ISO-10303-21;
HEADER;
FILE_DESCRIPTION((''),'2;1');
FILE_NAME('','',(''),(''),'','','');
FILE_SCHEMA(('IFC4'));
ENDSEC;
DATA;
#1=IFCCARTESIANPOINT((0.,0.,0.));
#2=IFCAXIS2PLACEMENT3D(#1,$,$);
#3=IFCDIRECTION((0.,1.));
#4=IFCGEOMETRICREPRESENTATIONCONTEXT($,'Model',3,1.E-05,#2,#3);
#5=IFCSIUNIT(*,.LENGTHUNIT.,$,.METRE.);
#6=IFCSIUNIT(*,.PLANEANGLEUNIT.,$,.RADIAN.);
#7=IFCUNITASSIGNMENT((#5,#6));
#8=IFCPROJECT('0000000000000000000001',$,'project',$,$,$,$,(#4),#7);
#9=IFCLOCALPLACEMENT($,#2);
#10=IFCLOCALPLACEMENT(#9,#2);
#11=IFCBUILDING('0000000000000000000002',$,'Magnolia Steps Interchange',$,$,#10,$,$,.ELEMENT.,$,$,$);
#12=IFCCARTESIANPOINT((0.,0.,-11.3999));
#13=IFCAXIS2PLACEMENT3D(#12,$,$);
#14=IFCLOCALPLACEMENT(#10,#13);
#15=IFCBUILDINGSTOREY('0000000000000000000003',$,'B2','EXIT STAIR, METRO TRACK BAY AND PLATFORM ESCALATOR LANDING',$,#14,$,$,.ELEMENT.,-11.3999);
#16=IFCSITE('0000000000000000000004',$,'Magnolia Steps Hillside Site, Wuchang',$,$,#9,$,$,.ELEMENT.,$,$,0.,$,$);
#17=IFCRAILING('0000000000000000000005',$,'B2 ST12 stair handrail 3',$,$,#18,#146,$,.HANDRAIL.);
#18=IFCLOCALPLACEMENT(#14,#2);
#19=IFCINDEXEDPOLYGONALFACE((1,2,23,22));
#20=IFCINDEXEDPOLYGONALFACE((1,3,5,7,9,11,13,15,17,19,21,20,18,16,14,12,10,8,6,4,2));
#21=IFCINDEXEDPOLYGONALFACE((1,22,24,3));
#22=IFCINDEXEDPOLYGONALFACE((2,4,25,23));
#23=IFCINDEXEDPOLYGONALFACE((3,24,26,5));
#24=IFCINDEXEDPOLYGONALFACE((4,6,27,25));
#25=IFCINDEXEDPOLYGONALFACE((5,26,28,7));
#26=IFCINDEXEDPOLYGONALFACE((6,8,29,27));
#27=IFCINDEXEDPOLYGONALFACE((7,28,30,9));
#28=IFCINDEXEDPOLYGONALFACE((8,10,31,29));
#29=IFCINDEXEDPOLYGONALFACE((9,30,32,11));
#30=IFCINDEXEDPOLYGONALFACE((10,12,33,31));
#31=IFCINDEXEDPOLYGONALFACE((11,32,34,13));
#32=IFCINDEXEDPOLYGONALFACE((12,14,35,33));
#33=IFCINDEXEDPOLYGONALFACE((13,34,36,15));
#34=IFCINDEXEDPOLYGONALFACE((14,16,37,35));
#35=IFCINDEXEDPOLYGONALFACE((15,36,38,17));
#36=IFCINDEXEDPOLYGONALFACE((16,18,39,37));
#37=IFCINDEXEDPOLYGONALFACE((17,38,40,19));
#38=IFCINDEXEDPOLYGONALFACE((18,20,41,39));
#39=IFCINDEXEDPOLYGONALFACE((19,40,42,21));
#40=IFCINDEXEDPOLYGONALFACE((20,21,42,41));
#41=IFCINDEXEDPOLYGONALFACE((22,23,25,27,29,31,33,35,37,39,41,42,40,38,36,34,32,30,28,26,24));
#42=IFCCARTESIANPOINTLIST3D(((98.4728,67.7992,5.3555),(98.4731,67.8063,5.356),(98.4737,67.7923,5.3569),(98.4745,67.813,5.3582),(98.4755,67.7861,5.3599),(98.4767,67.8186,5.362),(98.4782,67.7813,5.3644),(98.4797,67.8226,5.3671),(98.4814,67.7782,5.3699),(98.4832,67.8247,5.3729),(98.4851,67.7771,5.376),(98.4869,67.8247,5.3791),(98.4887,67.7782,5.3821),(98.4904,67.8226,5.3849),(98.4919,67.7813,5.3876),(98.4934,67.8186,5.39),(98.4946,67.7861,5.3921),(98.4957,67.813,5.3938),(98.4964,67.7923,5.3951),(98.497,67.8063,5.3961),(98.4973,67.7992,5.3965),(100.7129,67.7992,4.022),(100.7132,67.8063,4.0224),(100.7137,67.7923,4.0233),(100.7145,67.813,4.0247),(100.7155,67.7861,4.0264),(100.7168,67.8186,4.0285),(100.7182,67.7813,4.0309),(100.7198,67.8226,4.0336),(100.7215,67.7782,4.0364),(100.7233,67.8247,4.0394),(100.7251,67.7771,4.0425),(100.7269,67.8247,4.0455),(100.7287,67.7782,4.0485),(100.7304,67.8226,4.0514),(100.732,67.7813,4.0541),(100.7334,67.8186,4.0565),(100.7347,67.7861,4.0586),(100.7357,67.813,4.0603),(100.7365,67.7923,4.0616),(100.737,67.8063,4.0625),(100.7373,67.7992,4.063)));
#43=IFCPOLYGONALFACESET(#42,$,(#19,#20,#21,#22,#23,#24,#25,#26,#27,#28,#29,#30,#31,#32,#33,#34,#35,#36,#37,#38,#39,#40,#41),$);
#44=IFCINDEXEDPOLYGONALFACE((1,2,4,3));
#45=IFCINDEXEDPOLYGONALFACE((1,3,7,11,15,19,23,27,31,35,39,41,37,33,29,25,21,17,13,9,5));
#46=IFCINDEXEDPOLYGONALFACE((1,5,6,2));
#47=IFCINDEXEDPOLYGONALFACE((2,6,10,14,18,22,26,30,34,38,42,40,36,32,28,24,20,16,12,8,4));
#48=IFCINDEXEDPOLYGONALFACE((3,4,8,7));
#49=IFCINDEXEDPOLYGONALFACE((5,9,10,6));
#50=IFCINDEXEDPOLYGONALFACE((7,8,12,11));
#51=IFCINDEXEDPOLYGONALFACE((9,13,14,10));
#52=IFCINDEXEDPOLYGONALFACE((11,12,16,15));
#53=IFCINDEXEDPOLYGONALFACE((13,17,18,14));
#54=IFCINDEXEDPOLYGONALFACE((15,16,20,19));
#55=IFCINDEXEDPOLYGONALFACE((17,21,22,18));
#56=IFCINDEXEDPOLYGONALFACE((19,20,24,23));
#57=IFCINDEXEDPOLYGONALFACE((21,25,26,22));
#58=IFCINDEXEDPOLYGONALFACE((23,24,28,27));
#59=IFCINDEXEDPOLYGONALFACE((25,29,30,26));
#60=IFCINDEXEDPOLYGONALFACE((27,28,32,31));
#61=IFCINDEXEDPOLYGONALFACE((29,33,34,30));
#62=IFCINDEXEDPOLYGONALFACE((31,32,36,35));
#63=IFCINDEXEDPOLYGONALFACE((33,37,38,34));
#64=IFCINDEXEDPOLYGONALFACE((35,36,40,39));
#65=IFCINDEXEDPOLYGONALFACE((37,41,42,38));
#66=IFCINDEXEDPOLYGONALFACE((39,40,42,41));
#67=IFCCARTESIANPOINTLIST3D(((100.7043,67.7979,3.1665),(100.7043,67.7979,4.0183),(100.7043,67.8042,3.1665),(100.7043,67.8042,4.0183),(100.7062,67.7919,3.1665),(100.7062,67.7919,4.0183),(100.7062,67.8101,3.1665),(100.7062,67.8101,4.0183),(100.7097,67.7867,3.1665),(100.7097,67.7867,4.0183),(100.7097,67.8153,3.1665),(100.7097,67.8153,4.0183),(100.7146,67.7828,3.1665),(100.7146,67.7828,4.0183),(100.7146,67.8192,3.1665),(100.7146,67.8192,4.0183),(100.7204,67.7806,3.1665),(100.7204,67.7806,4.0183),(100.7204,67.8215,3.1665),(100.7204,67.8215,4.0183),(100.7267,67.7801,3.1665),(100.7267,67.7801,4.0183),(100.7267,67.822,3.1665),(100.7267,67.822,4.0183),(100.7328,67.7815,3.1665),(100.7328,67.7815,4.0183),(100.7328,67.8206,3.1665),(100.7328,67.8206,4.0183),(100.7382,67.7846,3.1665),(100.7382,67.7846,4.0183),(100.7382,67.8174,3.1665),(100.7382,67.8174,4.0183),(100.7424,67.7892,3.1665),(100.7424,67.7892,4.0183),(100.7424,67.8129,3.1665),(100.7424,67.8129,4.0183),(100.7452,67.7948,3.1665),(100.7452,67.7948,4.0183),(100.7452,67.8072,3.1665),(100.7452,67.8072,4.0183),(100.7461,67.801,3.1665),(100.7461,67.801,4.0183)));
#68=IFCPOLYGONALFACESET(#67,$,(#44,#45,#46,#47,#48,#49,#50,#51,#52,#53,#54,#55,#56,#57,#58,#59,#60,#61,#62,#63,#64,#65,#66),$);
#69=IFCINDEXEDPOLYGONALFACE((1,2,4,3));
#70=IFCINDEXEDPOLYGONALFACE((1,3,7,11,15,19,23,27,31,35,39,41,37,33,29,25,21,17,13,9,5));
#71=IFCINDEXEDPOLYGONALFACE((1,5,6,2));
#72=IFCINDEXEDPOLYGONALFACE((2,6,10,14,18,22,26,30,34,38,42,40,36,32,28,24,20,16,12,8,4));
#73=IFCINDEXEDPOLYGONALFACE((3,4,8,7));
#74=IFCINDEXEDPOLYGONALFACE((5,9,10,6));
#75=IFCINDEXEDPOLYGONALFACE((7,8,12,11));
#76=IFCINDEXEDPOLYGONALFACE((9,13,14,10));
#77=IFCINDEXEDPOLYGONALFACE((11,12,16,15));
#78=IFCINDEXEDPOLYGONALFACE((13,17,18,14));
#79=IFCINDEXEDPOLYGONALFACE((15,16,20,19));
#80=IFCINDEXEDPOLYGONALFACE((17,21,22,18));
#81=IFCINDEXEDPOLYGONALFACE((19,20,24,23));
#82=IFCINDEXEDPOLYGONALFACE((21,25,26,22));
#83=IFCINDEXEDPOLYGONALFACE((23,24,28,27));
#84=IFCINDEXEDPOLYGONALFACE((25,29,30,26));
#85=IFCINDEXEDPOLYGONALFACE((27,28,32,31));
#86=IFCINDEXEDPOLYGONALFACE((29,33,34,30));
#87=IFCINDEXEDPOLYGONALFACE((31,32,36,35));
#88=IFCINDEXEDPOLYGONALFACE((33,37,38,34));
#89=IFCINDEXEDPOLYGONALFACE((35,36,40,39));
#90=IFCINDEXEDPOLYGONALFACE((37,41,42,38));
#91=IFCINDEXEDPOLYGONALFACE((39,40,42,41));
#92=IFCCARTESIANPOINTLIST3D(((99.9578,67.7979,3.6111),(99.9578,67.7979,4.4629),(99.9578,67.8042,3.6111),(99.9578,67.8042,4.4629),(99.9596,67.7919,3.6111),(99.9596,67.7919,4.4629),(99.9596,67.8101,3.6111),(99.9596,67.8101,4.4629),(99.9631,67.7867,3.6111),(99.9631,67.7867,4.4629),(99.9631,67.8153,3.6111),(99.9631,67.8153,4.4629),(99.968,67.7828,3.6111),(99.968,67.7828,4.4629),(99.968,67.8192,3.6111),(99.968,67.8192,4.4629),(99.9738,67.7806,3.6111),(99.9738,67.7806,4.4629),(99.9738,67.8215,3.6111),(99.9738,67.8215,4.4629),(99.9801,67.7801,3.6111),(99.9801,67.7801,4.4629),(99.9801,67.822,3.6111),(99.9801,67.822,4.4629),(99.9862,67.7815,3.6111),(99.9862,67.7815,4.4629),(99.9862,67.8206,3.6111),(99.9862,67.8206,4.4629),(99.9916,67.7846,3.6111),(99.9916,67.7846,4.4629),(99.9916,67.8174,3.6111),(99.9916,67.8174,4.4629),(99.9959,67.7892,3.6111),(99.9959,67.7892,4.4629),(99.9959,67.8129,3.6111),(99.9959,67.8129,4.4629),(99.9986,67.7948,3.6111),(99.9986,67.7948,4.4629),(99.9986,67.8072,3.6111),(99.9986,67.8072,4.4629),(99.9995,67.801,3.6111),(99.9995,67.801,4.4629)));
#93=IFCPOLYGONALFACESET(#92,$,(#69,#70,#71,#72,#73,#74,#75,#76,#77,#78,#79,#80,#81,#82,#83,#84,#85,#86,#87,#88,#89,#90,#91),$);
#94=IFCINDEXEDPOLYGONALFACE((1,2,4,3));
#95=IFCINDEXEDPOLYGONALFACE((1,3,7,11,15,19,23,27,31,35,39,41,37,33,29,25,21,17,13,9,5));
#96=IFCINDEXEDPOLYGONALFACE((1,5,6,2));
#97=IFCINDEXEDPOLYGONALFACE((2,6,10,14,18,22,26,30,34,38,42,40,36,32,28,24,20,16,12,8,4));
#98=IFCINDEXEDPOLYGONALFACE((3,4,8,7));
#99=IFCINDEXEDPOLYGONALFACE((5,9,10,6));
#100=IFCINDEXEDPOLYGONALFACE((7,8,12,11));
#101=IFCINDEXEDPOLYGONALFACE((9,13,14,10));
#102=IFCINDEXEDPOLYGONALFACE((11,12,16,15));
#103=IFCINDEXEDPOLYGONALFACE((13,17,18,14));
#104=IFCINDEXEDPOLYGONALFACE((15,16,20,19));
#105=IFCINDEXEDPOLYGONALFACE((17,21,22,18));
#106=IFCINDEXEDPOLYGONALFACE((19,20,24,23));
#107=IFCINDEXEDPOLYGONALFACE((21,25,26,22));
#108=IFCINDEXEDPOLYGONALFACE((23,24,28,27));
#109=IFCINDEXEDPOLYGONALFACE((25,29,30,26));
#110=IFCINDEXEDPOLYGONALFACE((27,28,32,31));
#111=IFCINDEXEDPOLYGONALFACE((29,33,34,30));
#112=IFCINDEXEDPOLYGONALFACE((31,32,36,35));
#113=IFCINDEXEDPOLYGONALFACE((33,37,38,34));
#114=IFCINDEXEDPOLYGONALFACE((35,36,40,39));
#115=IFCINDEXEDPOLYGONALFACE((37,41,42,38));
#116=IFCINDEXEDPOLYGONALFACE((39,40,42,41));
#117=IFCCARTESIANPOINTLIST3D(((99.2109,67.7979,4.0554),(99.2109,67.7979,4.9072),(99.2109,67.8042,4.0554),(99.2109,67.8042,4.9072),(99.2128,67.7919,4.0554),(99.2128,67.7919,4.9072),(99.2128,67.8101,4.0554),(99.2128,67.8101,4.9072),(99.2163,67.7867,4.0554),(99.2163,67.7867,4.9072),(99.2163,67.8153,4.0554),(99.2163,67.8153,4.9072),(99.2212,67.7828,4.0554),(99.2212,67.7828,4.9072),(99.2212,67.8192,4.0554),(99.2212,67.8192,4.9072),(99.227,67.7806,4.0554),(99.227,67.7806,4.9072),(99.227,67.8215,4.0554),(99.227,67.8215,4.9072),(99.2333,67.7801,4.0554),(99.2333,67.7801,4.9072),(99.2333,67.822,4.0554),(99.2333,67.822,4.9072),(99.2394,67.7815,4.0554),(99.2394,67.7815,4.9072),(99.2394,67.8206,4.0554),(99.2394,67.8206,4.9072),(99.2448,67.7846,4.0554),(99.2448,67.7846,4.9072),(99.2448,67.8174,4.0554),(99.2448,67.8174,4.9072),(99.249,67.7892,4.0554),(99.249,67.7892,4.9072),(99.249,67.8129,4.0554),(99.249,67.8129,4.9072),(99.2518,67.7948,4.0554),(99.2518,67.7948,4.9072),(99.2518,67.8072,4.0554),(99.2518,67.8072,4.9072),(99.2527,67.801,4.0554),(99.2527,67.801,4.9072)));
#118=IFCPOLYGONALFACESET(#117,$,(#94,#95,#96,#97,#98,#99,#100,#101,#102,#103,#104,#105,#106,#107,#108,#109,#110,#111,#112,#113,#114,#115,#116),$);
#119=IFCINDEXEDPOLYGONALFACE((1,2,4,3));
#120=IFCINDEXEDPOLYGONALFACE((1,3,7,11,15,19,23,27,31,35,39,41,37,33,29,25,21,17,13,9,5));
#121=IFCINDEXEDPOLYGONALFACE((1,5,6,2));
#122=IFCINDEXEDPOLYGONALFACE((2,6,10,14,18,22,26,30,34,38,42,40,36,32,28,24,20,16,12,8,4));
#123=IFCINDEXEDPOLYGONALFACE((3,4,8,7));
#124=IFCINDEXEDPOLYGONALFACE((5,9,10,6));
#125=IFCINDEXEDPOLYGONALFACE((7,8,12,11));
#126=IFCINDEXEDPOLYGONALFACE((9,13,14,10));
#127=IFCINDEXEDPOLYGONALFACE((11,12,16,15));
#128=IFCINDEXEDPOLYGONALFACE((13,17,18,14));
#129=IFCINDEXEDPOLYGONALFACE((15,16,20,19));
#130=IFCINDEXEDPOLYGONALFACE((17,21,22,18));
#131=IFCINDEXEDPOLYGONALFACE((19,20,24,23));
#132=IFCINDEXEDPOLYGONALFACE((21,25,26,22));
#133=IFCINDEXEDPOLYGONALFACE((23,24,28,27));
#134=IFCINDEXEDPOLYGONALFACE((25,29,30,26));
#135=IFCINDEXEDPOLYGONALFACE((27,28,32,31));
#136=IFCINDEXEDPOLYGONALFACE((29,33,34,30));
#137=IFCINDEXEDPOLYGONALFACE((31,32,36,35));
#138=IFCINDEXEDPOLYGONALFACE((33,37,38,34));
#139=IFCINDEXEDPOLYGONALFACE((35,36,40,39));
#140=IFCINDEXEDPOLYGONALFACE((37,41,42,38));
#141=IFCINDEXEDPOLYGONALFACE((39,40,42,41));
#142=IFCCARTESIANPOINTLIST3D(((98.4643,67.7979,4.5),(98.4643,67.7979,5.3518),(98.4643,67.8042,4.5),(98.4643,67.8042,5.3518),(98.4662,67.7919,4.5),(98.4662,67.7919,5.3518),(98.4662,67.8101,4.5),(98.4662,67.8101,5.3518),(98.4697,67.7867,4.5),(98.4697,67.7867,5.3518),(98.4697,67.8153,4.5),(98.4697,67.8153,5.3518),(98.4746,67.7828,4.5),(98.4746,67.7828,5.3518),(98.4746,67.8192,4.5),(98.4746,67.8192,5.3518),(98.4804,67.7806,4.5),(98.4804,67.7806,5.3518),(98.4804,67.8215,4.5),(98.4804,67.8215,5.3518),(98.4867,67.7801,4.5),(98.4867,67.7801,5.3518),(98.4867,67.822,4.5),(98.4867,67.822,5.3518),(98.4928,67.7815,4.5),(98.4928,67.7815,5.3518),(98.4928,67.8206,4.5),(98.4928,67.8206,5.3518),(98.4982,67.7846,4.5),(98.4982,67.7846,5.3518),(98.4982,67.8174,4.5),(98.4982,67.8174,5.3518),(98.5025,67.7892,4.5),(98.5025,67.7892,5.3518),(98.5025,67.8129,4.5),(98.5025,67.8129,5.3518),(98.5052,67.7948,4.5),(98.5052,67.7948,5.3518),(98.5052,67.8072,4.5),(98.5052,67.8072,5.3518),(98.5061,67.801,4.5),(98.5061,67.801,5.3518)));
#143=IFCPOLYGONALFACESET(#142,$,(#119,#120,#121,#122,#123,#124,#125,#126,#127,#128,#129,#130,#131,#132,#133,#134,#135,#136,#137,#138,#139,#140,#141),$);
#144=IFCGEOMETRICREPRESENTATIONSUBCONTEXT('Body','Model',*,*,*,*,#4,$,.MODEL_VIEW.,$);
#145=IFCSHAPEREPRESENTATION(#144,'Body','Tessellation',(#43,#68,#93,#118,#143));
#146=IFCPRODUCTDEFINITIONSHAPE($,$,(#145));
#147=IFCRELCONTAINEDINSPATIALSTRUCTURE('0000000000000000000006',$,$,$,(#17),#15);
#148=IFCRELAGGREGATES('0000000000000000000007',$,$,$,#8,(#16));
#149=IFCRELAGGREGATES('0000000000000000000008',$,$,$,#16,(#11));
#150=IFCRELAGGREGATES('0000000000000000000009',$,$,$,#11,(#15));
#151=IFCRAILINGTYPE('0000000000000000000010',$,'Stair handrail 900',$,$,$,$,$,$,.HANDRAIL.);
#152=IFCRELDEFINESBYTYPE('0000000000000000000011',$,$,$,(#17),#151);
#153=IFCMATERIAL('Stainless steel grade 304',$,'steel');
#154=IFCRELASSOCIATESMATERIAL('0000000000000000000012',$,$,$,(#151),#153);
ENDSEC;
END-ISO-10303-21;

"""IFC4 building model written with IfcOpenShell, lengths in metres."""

from ifc_helpers import new_model, si_unit, direction, frame, origin, origin_2d, place, context, subcontext, project, spatial, circle, extrude, material, type_object, element, save


model = new_model("IFC4")

# Units and contexts
model_context = context("Model", 3, precision=1e-05, world=origin(), true_north=direction((0.0, 1.0)))
body_context = subcontext(model_context, "Body", "Model", "MODEL_VIEW")
ifc_project = project(units=[si_unit("LENGTHUNIT", "METRE"), si_unit("PLANEANGLEUNIT", "RADIAN")], contexts=[model_context])

# Site, building, storey
site_placement = place(None, origin())
site = spatial("IfcSite", under=ifc_project, at=site_placement, Name="Magnolia Steps Hillside Site, Wuchang", CompositionType="ELEMENT", RefElevation=0.0)
building_placement = place(site_placement, origin())
building = spatial("IfcBuilding", under=site, at=building_placement, Name="Magnolia Steps Interchange", CompositionType="ELEMENT")
storey_placement = place(building_placement, frame((0.0, 0.0, -11.3999)))
storey = spatial("IfcBuildingStorey", under=building, at=storey_placement, Name="B2", Description="EXIT STAIR, METRO TRACK BAY AND PLATFORM ESCALATOR LANDING", CompositionType="ELEMENT", Elevation=-11.3999)

# Railing
ifc_material_1 = material(Name="Stainless steel grade 304", Category="steel")
railing_type_1 = type_object("IfcRailingType", Name="Stair handrail 900", PredefinedType="HANDRAIL", material=ifc_material_1)
for number, where, name in (
    (1, (100.7251, 67.801, 3.1665), "B2 ST12 stair handrail 3"),
):
    element("IfcRailing", number, at=place(storey_placement, frame(where)), inside=storey, type_object=railing_type_1, Name=name, PredefinedType="HANDRAIL", context=body_context, shape_type="SweptSolid", body=[
        extrude(circle(Radius=0.0239, at=origin_2d()), frame((0.0, 0.0, 0.876), z_axis=(-0.859264, 0.0, 0.511532), x_axis=(0.0, -1.0, 0.0)), (0.0, 0.0, 1.0), 2.6069),
        extrude(circle(Radius=0.021, at=origin_2d()), origin(), (0.0, 0.0, 1.0), 0.8518),
        extrude(circle(Radius=0.021, at=origin_2d()), frame((-0.7466, 0.0, 0.4446)), (0.0, 0.0, 1.0), 0.8518),
        extrude(circle(Radius=0.021, at=origin_2d()), frame((-1.4934, 0.0, 0.8889)), (0.0, 0.0, 1.0), 0.8518),
        extrude(circle(Radius=0.021, at=origin_2d()), frame((-2.24, 0.0, 1.3335)), (0.0, 0.0, 1.0), 0.8518),
    ])

save(model, "model.ifc")
